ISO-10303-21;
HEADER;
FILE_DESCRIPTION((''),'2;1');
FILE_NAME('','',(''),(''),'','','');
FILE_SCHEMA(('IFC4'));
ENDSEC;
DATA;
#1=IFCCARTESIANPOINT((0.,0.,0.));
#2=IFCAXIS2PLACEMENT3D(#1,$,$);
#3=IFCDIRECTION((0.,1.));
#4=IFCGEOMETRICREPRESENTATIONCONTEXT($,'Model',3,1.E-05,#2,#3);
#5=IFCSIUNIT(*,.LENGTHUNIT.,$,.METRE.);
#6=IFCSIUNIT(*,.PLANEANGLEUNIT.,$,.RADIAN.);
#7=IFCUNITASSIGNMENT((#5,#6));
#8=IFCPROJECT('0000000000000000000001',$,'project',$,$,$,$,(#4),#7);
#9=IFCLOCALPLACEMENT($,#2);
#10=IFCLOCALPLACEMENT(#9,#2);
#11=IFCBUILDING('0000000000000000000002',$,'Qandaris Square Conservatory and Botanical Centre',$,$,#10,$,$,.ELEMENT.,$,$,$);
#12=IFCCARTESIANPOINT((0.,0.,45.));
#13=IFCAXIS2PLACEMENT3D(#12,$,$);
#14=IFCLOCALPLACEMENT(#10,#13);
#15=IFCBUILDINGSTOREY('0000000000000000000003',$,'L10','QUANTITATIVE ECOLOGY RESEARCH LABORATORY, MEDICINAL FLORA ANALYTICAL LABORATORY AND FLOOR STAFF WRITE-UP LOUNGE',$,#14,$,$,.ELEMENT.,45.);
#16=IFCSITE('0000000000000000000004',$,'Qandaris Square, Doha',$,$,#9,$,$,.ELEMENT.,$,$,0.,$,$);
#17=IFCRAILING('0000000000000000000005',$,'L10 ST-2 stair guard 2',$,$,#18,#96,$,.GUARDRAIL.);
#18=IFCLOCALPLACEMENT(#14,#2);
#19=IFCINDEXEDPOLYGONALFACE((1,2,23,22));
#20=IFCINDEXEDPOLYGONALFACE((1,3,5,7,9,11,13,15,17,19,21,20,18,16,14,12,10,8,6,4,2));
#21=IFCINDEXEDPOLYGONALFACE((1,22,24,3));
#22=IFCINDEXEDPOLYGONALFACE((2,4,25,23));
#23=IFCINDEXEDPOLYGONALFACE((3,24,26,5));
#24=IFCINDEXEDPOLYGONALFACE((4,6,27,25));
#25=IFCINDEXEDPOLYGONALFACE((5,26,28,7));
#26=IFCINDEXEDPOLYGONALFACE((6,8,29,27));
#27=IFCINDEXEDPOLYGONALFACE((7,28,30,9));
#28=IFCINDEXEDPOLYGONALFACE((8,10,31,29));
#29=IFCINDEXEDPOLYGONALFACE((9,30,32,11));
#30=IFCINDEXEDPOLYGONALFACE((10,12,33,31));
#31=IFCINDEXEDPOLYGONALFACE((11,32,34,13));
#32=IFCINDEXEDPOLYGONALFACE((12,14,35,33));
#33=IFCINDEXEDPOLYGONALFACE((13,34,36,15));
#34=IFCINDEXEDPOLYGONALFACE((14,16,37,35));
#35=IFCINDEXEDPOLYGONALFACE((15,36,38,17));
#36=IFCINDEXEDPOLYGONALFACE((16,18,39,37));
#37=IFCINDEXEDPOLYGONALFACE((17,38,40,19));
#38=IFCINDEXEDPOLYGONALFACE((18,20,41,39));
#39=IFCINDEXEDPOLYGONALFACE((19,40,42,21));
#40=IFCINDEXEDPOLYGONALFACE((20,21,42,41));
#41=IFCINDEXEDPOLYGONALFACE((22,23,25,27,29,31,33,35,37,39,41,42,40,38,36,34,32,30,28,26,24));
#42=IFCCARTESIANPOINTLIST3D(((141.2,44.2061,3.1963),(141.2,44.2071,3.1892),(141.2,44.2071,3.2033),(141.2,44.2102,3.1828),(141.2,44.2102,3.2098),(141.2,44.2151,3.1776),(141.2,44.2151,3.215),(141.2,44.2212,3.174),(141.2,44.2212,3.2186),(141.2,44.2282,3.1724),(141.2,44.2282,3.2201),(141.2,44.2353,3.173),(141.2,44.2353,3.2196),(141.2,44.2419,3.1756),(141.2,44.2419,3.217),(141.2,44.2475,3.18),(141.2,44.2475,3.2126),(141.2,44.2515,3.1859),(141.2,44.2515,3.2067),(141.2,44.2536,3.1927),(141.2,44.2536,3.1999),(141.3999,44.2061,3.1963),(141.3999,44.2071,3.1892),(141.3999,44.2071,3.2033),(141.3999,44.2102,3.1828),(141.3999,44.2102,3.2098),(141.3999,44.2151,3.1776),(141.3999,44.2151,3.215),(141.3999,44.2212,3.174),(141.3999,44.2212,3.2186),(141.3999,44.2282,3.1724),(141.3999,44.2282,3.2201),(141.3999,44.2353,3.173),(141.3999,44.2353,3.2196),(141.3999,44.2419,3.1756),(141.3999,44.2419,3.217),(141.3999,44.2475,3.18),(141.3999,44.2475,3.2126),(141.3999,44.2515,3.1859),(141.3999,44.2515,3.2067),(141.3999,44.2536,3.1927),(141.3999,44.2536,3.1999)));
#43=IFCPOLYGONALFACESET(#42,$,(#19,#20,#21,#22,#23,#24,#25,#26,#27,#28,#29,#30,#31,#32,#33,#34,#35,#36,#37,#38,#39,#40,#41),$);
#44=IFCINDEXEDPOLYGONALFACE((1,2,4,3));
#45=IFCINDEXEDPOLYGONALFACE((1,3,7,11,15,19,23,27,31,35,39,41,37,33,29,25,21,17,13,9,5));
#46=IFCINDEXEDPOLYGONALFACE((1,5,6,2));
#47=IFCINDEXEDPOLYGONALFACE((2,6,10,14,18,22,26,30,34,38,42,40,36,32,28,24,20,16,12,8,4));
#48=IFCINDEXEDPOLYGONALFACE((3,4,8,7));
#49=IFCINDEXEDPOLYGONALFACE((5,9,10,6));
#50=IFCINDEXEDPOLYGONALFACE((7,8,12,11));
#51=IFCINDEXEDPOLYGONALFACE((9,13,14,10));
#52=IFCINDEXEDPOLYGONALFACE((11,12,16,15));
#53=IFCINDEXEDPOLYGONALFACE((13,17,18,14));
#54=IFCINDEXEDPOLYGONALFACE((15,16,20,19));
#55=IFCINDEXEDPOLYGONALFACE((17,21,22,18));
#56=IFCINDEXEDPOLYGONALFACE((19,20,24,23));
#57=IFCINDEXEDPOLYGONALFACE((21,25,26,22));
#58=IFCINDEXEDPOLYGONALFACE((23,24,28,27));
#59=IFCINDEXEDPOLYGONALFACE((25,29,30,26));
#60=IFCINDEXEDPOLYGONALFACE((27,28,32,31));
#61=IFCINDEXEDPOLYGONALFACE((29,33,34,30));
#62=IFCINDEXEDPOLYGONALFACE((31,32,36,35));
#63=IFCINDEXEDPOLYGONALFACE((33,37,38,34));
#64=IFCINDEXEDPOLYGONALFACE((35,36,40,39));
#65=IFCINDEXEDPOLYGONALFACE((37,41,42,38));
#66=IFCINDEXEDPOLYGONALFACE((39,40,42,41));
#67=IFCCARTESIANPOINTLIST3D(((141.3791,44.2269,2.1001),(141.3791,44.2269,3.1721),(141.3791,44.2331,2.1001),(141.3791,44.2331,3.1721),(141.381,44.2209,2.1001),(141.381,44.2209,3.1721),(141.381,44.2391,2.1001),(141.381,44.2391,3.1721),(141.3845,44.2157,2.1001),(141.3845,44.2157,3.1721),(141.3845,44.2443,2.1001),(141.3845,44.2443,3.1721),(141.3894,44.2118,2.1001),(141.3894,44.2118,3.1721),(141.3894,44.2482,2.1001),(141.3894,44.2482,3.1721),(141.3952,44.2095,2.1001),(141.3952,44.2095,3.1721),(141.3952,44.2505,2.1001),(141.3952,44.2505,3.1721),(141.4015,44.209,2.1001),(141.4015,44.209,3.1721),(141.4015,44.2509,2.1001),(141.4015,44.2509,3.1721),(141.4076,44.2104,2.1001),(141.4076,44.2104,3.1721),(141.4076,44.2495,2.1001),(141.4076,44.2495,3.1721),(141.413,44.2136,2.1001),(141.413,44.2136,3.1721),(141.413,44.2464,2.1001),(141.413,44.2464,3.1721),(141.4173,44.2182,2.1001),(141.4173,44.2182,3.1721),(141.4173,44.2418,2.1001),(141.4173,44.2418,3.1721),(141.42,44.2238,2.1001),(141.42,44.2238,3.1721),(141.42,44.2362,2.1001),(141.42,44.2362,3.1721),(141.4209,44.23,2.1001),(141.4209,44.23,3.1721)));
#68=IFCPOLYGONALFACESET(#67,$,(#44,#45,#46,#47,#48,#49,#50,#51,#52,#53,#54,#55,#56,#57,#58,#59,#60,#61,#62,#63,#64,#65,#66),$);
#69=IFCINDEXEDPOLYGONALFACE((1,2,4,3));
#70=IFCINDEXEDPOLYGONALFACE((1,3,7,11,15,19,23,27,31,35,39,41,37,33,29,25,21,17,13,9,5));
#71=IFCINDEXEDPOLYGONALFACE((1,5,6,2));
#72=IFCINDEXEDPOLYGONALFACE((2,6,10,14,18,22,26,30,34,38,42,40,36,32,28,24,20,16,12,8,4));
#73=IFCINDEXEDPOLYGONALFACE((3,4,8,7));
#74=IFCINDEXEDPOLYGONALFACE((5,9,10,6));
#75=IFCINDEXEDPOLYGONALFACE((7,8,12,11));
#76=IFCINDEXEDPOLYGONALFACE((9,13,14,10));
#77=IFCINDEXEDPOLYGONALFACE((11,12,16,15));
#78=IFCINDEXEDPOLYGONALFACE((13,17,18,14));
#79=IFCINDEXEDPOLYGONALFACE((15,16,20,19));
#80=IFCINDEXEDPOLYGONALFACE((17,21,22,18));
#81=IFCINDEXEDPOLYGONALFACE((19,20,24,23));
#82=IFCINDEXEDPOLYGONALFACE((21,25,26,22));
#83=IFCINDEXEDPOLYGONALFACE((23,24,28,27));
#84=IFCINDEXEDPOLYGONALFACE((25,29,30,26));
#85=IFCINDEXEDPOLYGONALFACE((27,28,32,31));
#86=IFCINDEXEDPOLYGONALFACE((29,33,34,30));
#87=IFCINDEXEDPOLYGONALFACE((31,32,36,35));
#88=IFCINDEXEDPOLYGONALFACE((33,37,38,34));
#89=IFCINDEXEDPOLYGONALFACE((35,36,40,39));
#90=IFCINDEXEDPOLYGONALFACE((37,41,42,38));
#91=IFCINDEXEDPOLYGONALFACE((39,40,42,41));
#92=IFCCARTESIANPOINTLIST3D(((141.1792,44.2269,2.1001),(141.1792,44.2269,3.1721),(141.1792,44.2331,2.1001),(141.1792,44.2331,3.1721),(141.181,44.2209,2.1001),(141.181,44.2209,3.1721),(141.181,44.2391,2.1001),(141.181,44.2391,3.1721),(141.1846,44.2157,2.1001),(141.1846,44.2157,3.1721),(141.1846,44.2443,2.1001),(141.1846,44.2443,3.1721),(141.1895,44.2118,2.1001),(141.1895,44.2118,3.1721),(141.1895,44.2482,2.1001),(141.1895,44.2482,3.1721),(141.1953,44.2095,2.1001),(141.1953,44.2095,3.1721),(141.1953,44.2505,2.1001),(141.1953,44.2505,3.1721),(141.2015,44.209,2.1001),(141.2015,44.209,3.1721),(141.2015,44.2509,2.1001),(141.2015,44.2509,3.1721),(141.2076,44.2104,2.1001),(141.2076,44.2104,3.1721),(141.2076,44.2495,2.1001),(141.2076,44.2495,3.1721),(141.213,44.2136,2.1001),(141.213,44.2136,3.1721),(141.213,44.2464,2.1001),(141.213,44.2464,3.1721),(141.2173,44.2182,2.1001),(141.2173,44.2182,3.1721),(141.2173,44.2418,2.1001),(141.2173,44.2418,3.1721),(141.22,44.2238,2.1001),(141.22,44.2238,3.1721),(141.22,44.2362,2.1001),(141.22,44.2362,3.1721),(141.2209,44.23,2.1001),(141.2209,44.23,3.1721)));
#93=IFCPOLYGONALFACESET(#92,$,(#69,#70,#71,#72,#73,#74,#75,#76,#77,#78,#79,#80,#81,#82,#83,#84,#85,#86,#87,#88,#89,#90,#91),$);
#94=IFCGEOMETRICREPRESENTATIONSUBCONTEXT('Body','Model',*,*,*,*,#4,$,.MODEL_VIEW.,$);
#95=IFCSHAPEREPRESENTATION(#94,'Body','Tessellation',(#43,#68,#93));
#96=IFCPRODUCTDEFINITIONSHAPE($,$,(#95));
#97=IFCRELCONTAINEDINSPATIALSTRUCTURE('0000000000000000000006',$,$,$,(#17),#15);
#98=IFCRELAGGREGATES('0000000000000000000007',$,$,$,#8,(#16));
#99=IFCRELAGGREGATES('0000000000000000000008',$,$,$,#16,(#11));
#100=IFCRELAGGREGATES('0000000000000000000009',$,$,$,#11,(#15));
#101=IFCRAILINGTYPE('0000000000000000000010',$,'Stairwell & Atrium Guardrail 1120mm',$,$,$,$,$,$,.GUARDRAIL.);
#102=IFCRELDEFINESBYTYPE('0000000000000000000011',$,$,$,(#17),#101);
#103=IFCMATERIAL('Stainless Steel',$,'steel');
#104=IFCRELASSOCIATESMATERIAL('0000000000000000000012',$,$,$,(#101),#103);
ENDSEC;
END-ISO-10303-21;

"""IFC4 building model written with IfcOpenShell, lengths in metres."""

from ifc_helpers import new_model, si_unit, direction, frame, origin, origin_2d, place, context, subcontext, project, spatial, circle, extrude, material, type_object, element, save


model = new_model("IFC4")

# Units and contexts
model_context = context("Model", 3, precision=1e-05, world=origin(), true_north=direction((0.0, 1.0)))
body_context = subcontext(model_context, "Body", "Model", "MODEL_VIEW")
ifc_project = project(units=[si_unit("LENGTHUNIT", "METRE"), si_unit("PLANEANGLEUNIT", "RADIAN")], contexts=[model_context])

# Site, building, storey
site_placement = place(None, origin())
site = spatial("IfcSite", under=ifc_project, at=site_placement, Name="Qandaris Square, Doha", CompositionType="ELEMENT", RefElevation=0.0)
building_placement = place(site_placement, origin())
building = spatial("IfcBuilding", under=site, at=building_placement, Name="Qandaris Square Conservatory and Botanical Centre", CompositionType="ELEMENT")
storey_placement = place(building_placement, frame((0.0, 0.0, 45.0)))
storey = spatial("IfcBuildingStorey", under=building, at=storey_placement, Name="L10", Description="QUANTITATIVE ECOLOGY RESEARCH LABORATORY, MEDICINAL FLORA ANALYTICAL LABORATORY AND FLOOR STAFF WRITE-UP LOUNGE", CompositionType="ELEMENT", Elevation=45.0)

# Railing
ifc_material_1 = material(Name="Stainless Steel", Category="steel")
railing_type_1 = type_object("IfcRailingType", Name="Stairwell & Atrium Guardrail 1120mm", PredefinedType="GUARDRAIL", material=ifc_material_1)
railing_1_placement = place(storey_placement, frame((141.3999, 44.23, 2.1001)))
element("IfcRailing", 1, at=railing_1_placement, inside=storey, type_object=railing_type_1, Name="L10 ST-2 stair guard 2", PredefinedType="GUARDRAIL", context=body_context, shape_type="SweptSolid", body=[
    extrude(circle(Radius=0.0239, at=origin_2d()), frame((0.0, 0.0, 1.0962), z_axis=(-1.0, 0.0, 0.0), x_axis=(0.0, -1.0, 0.0)), (0.0, 0.0, 1.0), 0.2),
    extrude(circle(Radius=0.021, at=origin_2d()), origin(), (0.0, 0.0, 1.0), 1.072),
    extrude(circle(Radius=0.021, at=origin_2d()), frame((-0.2, 0.0, 0.0)), (0.0, 0.0, 1.0), 1.072),
])

save(model, "model.ifc")
